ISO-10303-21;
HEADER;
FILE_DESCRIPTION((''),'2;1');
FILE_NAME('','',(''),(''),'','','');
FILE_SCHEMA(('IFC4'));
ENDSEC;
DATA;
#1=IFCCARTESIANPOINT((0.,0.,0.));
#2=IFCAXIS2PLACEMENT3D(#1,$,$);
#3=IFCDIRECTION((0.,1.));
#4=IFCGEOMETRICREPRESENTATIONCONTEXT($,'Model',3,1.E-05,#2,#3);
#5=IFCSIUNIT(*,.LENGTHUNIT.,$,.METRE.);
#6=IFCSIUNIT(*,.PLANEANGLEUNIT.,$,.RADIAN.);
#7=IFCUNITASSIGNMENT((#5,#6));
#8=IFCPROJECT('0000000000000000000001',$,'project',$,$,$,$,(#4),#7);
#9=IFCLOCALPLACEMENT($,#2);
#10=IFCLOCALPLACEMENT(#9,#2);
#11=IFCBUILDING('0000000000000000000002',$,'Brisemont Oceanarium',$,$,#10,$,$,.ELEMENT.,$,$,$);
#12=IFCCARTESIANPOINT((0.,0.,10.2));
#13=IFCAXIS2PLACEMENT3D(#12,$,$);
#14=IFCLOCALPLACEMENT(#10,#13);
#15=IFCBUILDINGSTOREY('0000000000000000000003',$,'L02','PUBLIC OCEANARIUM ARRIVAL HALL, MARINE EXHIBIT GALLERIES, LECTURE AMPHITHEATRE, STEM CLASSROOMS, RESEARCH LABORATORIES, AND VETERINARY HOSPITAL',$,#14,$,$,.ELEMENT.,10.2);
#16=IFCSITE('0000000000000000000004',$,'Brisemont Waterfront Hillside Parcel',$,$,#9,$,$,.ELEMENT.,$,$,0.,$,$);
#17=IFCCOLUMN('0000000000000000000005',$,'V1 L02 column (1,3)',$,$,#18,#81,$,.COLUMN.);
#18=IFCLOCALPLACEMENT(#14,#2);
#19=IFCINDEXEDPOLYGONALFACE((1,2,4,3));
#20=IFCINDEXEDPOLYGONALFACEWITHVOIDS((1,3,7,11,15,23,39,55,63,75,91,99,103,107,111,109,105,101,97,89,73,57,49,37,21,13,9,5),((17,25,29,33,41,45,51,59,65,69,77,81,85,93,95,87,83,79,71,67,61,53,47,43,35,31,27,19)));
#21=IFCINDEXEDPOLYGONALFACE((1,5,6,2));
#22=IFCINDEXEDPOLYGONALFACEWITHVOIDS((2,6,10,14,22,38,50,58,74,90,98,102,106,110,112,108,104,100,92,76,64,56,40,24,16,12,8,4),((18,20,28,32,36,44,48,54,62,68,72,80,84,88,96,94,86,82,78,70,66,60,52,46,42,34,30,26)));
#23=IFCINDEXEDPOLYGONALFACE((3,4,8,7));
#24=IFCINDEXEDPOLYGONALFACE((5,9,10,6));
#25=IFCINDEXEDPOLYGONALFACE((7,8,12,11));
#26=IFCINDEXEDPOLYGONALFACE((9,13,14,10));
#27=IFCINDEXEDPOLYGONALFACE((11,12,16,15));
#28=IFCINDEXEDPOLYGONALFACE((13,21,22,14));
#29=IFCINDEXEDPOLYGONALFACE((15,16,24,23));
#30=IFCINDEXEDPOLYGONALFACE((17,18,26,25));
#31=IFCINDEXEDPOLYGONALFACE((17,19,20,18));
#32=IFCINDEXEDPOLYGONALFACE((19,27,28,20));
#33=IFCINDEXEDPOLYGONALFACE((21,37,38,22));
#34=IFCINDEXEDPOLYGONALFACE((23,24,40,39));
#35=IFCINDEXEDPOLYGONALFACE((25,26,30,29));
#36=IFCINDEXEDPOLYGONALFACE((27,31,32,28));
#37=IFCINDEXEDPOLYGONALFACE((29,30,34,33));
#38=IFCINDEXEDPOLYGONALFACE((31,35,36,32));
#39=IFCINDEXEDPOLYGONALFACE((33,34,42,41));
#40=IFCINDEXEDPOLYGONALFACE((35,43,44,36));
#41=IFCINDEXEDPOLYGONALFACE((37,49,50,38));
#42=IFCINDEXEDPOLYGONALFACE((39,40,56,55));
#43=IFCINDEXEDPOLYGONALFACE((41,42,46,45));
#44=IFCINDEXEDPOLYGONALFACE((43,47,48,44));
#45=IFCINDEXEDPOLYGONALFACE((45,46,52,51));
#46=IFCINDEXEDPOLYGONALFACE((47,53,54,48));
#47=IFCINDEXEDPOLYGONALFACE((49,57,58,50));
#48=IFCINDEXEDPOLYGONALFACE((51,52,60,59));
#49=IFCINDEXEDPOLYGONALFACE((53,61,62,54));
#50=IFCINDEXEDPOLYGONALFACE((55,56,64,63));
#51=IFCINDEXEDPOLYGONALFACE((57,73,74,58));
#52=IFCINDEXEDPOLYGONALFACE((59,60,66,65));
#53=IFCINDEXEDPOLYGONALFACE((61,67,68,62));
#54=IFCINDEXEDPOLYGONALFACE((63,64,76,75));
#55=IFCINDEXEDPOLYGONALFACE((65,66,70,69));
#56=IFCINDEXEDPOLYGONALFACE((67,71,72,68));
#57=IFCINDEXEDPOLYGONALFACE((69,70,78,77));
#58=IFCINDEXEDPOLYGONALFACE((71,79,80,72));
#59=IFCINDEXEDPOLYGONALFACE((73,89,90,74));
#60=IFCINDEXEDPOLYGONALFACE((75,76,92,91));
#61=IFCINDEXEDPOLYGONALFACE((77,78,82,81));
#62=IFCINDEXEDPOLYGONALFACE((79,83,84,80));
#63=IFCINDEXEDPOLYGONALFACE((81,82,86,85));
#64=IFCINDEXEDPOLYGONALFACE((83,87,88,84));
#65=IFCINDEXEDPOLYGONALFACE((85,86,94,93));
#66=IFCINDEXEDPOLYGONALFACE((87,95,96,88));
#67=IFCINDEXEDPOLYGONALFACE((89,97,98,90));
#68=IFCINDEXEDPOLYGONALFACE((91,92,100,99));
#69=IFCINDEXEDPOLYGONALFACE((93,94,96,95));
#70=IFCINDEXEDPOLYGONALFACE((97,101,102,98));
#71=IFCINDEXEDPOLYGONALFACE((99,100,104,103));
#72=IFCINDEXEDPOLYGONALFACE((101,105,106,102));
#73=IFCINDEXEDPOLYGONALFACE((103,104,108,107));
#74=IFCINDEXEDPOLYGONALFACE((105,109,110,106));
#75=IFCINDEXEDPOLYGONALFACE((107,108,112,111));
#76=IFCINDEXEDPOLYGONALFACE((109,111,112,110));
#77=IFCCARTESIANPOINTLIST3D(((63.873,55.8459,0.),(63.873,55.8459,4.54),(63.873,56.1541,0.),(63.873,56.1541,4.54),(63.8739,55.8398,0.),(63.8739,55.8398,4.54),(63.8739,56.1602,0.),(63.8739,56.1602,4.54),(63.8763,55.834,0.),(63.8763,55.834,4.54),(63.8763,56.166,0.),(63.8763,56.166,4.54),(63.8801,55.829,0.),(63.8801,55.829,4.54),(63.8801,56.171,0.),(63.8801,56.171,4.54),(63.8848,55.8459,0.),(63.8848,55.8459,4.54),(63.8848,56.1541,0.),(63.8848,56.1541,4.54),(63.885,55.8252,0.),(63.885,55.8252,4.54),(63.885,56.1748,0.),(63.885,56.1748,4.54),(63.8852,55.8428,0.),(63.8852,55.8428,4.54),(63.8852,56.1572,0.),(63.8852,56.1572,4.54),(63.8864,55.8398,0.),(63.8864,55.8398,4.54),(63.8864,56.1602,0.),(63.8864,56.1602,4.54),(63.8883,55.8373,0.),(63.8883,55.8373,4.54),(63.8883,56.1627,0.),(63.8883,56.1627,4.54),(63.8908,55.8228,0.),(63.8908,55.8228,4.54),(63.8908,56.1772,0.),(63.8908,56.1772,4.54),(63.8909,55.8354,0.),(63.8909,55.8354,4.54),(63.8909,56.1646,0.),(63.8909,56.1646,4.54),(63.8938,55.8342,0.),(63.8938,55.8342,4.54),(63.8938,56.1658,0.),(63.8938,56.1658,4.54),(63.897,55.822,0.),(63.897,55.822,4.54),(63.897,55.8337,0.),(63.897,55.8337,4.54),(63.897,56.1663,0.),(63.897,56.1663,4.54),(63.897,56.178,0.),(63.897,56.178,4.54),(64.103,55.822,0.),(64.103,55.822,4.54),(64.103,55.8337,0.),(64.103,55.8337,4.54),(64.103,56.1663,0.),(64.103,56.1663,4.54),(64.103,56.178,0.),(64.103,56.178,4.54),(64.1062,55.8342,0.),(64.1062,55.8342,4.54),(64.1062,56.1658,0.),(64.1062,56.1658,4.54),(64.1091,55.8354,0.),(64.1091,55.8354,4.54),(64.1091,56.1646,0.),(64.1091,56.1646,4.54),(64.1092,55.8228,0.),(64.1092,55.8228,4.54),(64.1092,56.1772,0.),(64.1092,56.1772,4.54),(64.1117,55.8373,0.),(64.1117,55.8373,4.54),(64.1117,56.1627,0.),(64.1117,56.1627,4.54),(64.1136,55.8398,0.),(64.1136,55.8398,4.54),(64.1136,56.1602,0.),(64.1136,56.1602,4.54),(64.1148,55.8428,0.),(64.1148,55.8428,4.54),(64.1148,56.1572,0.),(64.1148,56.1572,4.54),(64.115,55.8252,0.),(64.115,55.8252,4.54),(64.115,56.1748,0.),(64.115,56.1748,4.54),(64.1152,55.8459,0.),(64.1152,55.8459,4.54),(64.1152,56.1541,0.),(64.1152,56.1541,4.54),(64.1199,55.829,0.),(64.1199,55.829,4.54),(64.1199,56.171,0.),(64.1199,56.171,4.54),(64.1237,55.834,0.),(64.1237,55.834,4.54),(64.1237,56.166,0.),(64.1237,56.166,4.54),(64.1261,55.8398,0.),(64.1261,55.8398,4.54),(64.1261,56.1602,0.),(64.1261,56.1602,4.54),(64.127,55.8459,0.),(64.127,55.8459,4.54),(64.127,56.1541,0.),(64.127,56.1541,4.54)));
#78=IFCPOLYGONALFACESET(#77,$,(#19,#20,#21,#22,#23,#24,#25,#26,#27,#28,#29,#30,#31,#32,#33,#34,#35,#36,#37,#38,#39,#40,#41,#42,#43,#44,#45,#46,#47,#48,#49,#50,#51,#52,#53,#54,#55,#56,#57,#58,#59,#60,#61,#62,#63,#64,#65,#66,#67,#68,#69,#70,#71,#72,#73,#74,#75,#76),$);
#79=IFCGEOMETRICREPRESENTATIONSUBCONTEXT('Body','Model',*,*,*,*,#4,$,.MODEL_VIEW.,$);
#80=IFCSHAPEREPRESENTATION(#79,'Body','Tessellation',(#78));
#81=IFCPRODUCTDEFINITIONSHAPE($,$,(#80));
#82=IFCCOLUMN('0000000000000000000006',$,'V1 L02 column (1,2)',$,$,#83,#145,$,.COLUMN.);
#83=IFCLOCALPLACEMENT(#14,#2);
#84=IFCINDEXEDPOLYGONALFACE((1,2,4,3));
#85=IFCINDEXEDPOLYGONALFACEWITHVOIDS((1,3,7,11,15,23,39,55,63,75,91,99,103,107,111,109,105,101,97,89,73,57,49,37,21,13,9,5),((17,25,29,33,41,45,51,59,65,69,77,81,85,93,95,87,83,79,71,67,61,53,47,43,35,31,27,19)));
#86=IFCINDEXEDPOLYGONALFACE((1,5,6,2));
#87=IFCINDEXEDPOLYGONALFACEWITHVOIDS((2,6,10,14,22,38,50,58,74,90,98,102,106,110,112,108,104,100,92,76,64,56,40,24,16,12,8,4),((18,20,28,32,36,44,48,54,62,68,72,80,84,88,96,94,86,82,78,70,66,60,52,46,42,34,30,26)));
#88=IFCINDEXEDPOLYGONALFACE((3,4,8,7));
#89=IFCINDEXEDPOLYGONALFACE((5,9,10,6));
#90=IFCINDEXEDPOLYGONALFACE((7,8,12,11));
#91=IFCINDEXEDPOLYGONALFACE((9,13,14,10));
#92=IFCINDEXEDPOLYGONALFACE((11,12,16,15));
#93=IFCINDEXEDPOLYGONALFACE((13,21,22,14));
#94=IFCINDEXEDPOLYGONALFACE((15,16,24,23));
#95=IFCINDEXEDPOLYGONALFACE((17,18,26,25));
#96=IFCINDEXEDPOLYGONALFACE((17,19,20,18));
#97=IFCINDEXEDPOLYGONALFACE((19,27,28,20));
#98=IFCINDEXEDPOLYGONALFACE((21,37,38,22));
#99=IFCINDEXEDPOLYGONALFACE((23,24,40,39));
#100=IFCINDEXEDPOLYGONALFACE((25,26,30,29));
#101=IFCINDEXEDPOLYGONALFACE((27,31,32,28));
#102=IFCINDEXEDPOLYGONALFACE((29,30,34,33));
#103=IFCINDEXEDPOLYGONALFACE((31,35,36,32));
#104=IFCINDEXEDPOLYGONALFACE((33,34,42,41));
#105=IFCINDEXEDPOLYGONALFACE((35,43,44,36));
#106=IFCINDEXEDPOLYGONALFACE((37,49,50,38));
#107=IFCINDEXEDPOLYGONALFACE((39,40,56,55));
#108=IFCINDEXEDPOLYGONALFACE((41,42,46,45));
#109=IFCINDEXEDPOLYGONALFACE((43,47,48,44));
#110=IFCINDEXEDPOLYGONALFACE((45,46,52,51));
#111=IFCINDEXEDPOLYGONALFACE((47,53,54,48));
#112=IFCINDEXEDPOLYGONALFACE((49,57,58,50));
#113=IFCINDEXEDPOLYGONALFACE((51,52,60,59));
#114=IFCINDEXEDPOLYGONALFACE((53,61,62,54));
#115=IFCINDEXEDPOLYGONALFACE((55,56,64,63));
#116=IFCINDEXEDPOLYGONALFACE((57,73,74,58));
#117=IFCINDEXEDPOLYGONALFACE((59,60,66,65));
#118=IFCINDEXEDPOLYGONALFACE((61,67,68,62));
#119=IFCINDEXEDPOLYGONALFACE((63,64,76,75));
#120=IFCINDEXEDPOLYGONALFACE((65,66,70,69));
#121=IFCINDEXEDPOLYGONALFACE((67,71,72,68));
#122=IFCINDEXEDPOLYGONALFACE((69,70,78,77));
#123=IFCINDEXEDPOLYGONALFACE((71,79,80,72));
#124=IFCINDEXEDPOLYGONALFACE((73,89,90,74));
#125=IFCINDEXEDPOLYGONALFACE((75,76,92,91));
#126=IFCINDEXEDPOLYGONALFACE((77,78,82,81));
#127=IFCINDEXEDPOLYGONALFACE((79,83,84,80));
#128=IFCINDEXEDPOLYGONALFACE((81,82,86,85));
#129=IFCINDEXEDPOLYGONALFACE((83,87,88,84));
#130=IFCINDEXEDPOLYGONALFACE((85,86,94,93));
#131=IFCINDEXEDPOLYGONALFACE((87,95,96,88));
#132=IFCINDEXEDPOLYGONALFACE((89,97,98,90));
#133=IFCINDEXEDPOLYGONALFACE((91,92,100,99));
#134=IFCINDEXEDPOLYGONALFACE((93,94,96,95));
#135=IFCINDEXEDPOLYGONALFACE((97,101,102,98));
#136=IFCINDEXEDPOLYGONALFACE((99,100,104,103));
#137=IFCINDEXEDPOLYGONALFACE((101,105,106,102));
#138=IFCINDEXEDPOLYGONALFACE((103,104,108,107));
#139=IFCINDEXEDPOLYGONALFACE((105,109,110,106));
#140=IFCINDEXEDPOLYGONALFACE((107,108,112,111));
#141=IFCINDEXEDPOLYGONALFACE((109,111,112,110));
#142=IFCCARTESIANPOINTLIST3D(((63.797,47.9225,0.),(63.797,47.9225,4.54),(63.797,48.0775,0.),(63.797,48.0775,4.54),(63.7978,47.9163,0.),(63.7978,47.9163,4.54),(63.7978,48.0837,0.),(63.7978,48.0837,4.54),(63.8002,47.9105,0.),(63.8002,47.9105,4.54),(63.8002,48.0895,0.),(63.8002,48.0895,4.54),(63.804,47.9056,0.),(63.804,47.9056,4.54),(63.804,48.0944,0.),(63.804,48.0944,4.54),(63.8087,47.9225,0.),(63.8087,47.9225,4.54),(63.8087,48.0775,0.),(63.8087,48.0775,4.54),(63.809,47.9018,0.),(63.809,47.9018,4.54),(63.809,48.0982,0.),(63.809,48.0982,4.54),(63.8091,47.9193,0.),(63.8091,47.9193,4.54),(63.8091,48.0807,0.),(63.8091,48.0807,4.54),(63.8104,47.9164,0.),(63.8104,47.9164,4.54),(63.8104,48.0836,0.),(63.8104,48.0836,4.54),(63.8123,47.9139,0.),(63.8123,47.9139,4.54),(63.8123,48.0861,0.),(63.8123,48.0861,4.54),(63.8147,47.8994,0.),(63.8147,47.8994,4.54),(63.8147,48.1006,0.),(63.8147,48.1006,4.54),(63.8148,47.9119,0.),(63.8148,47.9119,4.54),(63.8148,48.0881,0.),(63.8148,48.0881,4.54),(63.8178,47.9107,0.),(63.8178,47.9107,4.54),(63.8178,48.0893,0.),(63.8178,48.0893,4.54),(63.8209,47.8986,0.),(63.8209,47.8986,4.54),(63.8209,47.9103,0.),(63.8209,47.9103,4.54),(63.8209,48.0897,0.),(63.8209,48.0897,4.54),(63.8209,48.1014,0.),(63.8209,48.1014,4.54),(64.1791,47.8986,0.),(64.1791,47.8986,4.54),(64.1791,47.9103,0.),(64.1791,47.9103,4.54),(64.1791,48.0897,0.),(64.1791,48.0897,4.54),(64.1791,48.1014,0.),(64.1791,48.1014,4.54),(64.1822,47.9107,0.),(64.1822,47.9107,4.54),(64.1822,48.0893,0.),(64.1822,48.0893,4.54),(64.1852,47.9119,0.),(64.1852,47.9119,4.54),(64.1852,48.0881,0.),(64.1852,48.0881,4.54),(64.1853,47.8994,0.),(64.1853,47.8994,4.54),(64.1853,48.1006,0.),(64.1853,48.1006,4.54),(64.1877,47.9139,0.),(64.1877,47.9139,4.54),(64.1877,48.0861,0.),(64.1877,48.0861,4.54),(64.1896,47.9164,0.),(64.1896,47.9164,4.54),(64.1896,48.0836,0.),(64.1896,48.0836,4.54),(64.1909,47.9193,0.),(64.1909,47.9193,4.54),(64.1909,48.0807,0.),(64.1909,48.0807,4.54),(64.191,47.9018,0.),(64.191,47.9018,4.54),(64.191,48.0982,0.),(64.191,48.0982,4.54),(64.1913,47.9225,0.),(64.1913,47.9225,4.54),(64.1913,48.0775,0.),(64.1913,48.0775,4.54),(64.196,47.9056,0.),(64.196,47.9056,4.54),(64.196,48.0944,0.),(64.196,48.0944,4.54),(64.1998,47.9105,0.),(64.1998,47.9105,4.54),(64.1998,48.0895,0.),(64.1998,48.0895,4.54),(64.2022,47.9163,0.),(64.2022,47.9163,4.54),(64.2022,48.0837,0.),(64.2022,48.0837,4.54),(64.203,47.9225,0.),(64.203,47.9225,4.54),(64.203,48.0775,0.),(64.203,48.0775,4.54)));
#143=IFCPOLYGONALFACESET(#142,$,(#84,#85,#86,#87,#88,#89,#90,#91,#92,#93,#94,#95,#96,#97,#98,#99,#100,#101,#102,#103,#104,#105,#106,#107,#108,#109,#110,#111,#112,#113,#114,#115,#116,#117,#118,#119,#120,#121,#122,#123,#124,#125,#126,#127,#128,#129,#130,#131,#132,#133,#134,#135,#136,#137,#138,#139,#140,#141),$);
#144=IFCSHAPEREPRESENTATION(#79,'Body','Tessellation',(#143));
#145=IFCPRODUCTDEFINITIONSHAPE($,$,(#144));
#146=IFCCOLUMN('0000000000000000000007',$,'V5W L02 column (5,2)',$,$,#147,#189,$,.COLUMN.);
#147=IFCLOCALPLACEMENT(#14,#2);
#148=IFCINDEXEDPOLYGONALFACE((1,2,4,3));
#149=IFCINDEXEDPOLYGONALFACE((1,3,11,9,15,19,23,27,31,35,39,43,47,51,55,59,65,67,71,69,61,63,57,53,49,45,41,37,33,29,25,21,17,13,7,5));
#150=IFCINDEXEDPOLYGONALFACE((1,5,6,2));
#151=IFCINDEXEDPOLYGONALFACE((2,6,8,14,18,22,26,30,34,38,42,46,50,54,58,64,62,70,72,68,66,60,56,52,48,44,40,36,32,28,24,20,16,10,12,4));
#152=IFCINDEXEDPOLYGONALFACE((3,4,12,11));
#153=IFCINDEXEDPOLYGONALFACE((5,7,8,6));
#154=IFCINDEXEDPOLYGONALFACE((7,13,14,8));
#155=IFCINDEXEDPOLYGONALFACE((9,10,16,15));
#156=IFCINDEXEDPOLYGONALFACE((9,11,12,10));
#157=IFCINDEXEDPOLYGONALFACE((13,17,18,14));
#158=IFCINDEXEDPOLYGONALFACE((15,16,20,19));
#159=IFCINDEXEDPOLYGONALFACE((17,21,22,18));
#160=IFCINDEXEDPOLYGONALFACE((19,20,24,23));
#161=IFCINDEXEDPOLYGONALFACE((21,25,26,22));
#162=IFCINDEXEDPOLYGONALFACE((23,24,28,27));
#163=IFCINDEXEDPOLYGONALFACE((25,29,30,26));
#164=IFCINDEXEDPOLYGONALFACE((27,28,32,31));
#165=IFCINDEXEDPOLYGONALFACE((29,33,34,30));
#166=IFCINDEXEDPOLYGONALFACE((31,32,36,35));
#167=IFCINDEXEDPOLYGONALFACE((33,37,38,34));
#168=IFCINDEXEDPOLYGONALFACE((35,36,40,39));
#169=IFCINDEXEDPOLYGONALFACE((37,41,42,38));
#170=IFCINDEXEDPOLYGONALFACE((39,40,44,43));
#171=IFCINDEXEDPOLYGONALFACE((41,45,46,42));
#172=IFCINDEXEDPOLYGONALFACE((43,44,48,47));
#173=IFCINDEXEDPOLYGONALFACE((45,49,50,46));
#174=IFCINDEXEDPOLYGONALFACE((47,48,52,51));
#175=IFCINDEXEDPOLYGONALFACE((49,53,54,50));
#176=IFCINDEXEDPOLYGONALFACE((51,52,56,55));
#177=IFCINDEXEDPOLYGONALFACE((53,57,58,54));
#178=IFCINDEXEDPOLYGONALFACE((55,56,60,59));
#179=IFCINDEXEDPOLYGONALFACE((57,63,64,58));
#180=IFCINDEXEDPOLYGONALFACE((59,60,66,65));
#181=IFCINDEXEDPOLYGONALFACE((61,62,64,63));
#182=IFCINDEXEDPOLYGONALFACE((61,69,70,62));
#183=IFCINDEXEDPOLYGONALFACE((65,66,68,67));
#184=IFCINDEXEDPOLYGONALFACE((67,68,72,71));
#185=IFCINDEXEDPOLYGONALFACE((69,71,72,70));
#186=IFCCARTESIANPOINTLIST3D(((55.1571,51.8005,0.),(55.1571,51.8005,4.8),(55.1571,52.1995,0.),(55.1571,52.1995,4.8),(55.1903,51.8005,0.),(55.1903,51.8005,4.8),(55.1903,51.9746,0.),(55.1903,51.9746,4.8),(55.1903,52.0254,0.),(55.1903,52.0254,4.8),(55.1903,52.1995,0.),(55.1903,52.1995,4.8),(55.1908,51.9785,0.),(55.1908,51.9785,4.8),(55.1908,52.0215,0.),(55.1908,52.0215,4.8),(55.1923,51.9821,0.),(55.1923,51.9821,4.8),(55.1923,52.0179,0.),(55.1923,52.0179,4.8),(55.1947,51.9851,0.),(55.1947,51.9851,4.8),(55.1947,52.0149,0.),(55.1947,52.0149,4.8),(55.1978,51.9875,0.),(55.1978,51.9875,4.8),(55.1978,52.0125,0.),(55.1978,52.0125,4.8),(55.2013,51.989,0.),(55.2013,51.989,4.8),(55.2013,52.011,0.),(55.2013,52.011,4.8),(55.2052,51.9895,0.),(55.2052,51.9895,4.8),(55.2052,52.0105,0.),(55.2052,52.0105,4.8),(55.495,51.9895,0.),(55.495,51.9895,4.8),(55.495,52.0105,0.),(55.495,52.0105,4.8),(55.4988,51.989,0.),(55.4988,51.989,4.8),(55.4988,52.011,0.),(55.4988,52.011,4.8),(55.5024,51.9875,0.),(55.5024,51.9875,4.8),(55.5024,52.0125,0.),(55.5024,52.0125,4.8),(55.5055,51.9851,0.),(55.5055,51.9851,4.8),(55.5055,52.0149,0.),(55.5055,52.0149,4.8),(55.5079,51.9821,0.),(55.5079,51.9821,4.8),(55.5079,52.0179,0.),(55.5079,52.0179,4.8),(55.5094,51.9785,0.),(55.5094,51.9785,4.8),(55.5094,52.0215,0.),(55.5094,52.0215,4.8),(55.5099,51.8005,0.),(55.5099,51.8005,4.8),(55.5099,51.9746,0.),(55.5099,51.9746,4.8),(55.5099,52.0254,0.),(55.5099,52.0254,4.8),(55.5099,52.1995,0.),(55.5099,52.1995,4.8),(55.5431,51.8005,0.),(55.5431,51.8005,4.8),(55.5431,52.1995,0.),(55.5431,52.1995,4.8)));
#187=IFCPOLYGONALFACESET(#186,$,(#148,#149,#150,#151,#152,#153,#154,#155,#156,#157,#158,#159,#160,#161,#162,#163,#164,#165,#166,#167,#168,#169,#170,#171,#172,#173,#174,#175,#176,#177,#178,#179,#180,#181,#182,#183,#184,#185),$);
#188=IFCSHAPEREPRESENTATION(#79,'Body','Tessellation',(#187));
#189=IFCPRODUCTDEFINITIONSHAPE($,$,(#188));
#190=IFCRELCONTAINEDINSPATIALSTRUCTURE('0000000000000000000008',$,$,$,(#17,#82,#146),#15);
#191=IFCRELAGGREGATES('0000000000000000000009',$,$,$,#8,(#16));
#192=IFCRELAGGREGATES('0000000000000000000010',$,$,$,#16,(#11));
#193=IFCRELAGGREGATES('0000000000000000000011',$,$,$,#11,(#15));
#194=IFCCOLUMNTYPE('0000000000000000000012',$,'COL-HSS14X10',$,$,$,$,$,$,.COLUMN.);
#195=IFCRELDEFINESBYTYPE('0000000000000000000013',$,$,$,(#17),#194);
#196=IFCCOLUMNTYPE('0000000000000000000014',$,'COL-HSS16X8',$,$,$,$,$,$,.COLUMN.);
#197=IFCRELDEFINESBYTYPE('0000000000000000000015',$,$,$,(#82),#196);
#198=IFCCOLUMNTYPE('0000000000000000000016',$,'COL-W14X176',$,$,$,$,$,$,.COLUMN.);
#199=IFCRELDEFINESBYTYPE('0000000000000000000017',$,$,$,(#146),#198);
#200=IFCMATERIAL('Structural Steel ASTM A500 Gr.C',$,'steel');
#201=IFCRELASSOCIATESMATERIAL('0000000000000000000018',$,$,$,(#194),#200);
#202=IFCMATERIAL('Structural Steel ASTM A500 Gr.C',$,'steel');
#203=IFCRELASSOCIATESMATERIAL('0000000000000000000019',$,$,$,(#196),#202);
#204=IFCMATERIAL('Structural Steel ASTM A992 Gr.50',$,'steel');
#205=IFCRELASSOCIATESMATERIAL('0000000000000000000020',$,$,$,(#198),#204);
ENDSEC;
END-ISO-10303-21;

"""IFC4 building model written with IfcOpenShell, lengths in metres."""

from ifc_helpers import new_model, si_unit, direction, frame, origin, origin_2d, place, context, subcontext, project, spatial, hollow_rectangle, i_section, extrude, material, material_profile, profile_set, type_object, element, save


model = new_model("IFC4")

# Units and contexts
model_context = context("Model", 3, precision=1e-05, world=origin(), true_north=direction((0.0, 1.0)))
body_context = subcontext(model_context, "Body", "Model", "MODEL_VIEW")
ifc_project = project(units=[si_unit("LENGTHUNIT", "METRE"), si_unit("PLANEANGLEUNIT", "RADIAN")], contexts=[model_context])

# Site, building, storey
site_placement = place(None, origin())
site = spatial("IfcSite", under=ifc_project, at=site_placement, Name="Brisemont Waterfront Hillside Parcel", CompositionType="ELEMENT", RefElevation=0.0)
building_placement = place(site_placement, origin())
building = spatial("IfcBuilding", under=site, at=building_placement, Name="Brisemont Oceanarium", CompositionType="ELEMENT")
storey_placement = place(building_placement, frame((0.0, 0.0, 10.2)))
storey = spatial("IfcBuildingStorey", under=building, at=storey_placement, Name="L02", Description="PUBLIC OCEANARIUM ARRIVAL HALL, MARINE EXHIBIT GALLERIES, LECTURE AMPHITHEATRE, STEM CLASSROOMS, RESEARCH LABORATORIES, AND VETERINARY HOSPITAL", CompositionType="ELEMENT", Elevation=10.2)

# Columns
ifc_material_1 = material(Name="Structural Steel ASTM A500 Gr.C", Category="steel")
ifc_material_profile_1 = material_profile(ifc_material_1, hollow_rectangle(XDim=0.2539, YDim=0.356, WallThickness=0.0117, InnerFilletRadius=0.0122, OuterFilletRadius=0.0239, at=origin_2d()), Name="HSS14X10X1/2")
ifc_profile_set_1 = profile_set([ifc_material_profile_1], Name="Structural Steel ASTM A500 Gr.C")
column_type_1 = type_object("IfcColumnType", Name="COL-HSS14X10", PredefinedType="COLUMN", material=ifc_profile_set_1)
column_1_placement = place(storey_placement, frame((64.0, 56.0, 0.0), z_axis=(0.0, 0.0, 1.0), x_axis=(1.0, 0.0, 0.0)))
element("IfcColumn", 1, at=column_1_placement, inside=storey, type_object=column_type_1, Name="V1 L02 column (1,3)", PredefinedType="COLUMN", context=body_context, shape_type="SweptSolid", body=[
    extrude(hollow_rectangle(XDim=0.2539, YDim=0.356, WallThickness=0.0117, InnerFilletRadius=0.0122, OuterFilletRadius=0.0239, at=origin_2d()), origin(), (0.0, 0.0, 1.0), 4.54),
])
ifc_material_2 = material(Name="Structural Steel ASTM A500 Gr.C", Category="steel")
ifc_material_profile_2 = material_profile(ifc_material_2, hollow_rectangle(XDim=0.2029, YDim=0.406, WallThickness=0.0117, InnerFilletRadius=0.0122, OuterFilletRadius=0.0239, at=origin_2d()), Name="HSS16X8X1/2")
ifc_profile_set_2 = profile_set([ifc_material_profile_2], Name="Structural Steel ASTM A500 Gr.C")
column_type_2 = type_object("IfcColumnType", Name="COL-HSS16X8", PredefinedType="COLUMN", material=ifc_profile_set_2)
column_2_placement = place(storey_placement, frame((64.0, 48.0, 0.0), z_axis=(0.0, 0.0, 1.0), x_axis=(0.0, 1.0, 0.0)))
element("IfcColumn", 2, at=column_2_placement, inside=storey, type_object=column_type_2, Name="V1 L02 column (1,2)", PredefinedType="COLUMN", context=body_context, shape_type="SweptSolid", body=[
    extrude(hollow_rectangle(XDim=0.2029, YDim=0.406, WallThickness=0.0117, InnerFilletRadius=0.0122, OuterFilletRadius=0.0239, at=origin_2d()), origin(), (0.0, 0.0, 1.0), 4.54),
])
ifc_material_3 = material(Name="Structural Steel ASTM A992 Gr.50", Category="steel")
ifc_material_profile_3 = material_profile(ifc_material_3, i_section(OverallWidth=0.3989, OverallDepth=0.386, WebThickness=0.021, FlangeThickness=0.0332, FilletRadius=0.0149, at=origin_2d()), Name="W14X176")
ifc_profile_set_3 = profile_set([ifc_material_profile_3], Name="Structural Steel ASTM A992 Gr.50")
column_type_3 = type_object("IfcColumnType", Name="COL-W14X176", PredefinedType="COLUMN", material=ifc_profile_set_3)
column_3_placement = place(storey_placement, frame((55.3501, 52.0, 0.0), z_axis=(0.0, 0.0, 1.0), x_axis=(0.0, 1.0, 0.0)))
element("IfcColumn", 3, at=column_3_placement, inside=storey, type_object=column_type_3, Name="V5W L02 column (5,2)", PredefinedType="COLUMN", context=body_context, shape_type="SweptSolid", body=[
    extrude(i_section(OverallWidth=0.3989, OverallDepth=0.386, WebThickness=0.021, FlangeThickness=0.0332, FilletRadius=0.0149, at=origin_2d()), origin(), (0.0, 0.0, 1.0), 4.8),
])

save(model, "model.ifc")
